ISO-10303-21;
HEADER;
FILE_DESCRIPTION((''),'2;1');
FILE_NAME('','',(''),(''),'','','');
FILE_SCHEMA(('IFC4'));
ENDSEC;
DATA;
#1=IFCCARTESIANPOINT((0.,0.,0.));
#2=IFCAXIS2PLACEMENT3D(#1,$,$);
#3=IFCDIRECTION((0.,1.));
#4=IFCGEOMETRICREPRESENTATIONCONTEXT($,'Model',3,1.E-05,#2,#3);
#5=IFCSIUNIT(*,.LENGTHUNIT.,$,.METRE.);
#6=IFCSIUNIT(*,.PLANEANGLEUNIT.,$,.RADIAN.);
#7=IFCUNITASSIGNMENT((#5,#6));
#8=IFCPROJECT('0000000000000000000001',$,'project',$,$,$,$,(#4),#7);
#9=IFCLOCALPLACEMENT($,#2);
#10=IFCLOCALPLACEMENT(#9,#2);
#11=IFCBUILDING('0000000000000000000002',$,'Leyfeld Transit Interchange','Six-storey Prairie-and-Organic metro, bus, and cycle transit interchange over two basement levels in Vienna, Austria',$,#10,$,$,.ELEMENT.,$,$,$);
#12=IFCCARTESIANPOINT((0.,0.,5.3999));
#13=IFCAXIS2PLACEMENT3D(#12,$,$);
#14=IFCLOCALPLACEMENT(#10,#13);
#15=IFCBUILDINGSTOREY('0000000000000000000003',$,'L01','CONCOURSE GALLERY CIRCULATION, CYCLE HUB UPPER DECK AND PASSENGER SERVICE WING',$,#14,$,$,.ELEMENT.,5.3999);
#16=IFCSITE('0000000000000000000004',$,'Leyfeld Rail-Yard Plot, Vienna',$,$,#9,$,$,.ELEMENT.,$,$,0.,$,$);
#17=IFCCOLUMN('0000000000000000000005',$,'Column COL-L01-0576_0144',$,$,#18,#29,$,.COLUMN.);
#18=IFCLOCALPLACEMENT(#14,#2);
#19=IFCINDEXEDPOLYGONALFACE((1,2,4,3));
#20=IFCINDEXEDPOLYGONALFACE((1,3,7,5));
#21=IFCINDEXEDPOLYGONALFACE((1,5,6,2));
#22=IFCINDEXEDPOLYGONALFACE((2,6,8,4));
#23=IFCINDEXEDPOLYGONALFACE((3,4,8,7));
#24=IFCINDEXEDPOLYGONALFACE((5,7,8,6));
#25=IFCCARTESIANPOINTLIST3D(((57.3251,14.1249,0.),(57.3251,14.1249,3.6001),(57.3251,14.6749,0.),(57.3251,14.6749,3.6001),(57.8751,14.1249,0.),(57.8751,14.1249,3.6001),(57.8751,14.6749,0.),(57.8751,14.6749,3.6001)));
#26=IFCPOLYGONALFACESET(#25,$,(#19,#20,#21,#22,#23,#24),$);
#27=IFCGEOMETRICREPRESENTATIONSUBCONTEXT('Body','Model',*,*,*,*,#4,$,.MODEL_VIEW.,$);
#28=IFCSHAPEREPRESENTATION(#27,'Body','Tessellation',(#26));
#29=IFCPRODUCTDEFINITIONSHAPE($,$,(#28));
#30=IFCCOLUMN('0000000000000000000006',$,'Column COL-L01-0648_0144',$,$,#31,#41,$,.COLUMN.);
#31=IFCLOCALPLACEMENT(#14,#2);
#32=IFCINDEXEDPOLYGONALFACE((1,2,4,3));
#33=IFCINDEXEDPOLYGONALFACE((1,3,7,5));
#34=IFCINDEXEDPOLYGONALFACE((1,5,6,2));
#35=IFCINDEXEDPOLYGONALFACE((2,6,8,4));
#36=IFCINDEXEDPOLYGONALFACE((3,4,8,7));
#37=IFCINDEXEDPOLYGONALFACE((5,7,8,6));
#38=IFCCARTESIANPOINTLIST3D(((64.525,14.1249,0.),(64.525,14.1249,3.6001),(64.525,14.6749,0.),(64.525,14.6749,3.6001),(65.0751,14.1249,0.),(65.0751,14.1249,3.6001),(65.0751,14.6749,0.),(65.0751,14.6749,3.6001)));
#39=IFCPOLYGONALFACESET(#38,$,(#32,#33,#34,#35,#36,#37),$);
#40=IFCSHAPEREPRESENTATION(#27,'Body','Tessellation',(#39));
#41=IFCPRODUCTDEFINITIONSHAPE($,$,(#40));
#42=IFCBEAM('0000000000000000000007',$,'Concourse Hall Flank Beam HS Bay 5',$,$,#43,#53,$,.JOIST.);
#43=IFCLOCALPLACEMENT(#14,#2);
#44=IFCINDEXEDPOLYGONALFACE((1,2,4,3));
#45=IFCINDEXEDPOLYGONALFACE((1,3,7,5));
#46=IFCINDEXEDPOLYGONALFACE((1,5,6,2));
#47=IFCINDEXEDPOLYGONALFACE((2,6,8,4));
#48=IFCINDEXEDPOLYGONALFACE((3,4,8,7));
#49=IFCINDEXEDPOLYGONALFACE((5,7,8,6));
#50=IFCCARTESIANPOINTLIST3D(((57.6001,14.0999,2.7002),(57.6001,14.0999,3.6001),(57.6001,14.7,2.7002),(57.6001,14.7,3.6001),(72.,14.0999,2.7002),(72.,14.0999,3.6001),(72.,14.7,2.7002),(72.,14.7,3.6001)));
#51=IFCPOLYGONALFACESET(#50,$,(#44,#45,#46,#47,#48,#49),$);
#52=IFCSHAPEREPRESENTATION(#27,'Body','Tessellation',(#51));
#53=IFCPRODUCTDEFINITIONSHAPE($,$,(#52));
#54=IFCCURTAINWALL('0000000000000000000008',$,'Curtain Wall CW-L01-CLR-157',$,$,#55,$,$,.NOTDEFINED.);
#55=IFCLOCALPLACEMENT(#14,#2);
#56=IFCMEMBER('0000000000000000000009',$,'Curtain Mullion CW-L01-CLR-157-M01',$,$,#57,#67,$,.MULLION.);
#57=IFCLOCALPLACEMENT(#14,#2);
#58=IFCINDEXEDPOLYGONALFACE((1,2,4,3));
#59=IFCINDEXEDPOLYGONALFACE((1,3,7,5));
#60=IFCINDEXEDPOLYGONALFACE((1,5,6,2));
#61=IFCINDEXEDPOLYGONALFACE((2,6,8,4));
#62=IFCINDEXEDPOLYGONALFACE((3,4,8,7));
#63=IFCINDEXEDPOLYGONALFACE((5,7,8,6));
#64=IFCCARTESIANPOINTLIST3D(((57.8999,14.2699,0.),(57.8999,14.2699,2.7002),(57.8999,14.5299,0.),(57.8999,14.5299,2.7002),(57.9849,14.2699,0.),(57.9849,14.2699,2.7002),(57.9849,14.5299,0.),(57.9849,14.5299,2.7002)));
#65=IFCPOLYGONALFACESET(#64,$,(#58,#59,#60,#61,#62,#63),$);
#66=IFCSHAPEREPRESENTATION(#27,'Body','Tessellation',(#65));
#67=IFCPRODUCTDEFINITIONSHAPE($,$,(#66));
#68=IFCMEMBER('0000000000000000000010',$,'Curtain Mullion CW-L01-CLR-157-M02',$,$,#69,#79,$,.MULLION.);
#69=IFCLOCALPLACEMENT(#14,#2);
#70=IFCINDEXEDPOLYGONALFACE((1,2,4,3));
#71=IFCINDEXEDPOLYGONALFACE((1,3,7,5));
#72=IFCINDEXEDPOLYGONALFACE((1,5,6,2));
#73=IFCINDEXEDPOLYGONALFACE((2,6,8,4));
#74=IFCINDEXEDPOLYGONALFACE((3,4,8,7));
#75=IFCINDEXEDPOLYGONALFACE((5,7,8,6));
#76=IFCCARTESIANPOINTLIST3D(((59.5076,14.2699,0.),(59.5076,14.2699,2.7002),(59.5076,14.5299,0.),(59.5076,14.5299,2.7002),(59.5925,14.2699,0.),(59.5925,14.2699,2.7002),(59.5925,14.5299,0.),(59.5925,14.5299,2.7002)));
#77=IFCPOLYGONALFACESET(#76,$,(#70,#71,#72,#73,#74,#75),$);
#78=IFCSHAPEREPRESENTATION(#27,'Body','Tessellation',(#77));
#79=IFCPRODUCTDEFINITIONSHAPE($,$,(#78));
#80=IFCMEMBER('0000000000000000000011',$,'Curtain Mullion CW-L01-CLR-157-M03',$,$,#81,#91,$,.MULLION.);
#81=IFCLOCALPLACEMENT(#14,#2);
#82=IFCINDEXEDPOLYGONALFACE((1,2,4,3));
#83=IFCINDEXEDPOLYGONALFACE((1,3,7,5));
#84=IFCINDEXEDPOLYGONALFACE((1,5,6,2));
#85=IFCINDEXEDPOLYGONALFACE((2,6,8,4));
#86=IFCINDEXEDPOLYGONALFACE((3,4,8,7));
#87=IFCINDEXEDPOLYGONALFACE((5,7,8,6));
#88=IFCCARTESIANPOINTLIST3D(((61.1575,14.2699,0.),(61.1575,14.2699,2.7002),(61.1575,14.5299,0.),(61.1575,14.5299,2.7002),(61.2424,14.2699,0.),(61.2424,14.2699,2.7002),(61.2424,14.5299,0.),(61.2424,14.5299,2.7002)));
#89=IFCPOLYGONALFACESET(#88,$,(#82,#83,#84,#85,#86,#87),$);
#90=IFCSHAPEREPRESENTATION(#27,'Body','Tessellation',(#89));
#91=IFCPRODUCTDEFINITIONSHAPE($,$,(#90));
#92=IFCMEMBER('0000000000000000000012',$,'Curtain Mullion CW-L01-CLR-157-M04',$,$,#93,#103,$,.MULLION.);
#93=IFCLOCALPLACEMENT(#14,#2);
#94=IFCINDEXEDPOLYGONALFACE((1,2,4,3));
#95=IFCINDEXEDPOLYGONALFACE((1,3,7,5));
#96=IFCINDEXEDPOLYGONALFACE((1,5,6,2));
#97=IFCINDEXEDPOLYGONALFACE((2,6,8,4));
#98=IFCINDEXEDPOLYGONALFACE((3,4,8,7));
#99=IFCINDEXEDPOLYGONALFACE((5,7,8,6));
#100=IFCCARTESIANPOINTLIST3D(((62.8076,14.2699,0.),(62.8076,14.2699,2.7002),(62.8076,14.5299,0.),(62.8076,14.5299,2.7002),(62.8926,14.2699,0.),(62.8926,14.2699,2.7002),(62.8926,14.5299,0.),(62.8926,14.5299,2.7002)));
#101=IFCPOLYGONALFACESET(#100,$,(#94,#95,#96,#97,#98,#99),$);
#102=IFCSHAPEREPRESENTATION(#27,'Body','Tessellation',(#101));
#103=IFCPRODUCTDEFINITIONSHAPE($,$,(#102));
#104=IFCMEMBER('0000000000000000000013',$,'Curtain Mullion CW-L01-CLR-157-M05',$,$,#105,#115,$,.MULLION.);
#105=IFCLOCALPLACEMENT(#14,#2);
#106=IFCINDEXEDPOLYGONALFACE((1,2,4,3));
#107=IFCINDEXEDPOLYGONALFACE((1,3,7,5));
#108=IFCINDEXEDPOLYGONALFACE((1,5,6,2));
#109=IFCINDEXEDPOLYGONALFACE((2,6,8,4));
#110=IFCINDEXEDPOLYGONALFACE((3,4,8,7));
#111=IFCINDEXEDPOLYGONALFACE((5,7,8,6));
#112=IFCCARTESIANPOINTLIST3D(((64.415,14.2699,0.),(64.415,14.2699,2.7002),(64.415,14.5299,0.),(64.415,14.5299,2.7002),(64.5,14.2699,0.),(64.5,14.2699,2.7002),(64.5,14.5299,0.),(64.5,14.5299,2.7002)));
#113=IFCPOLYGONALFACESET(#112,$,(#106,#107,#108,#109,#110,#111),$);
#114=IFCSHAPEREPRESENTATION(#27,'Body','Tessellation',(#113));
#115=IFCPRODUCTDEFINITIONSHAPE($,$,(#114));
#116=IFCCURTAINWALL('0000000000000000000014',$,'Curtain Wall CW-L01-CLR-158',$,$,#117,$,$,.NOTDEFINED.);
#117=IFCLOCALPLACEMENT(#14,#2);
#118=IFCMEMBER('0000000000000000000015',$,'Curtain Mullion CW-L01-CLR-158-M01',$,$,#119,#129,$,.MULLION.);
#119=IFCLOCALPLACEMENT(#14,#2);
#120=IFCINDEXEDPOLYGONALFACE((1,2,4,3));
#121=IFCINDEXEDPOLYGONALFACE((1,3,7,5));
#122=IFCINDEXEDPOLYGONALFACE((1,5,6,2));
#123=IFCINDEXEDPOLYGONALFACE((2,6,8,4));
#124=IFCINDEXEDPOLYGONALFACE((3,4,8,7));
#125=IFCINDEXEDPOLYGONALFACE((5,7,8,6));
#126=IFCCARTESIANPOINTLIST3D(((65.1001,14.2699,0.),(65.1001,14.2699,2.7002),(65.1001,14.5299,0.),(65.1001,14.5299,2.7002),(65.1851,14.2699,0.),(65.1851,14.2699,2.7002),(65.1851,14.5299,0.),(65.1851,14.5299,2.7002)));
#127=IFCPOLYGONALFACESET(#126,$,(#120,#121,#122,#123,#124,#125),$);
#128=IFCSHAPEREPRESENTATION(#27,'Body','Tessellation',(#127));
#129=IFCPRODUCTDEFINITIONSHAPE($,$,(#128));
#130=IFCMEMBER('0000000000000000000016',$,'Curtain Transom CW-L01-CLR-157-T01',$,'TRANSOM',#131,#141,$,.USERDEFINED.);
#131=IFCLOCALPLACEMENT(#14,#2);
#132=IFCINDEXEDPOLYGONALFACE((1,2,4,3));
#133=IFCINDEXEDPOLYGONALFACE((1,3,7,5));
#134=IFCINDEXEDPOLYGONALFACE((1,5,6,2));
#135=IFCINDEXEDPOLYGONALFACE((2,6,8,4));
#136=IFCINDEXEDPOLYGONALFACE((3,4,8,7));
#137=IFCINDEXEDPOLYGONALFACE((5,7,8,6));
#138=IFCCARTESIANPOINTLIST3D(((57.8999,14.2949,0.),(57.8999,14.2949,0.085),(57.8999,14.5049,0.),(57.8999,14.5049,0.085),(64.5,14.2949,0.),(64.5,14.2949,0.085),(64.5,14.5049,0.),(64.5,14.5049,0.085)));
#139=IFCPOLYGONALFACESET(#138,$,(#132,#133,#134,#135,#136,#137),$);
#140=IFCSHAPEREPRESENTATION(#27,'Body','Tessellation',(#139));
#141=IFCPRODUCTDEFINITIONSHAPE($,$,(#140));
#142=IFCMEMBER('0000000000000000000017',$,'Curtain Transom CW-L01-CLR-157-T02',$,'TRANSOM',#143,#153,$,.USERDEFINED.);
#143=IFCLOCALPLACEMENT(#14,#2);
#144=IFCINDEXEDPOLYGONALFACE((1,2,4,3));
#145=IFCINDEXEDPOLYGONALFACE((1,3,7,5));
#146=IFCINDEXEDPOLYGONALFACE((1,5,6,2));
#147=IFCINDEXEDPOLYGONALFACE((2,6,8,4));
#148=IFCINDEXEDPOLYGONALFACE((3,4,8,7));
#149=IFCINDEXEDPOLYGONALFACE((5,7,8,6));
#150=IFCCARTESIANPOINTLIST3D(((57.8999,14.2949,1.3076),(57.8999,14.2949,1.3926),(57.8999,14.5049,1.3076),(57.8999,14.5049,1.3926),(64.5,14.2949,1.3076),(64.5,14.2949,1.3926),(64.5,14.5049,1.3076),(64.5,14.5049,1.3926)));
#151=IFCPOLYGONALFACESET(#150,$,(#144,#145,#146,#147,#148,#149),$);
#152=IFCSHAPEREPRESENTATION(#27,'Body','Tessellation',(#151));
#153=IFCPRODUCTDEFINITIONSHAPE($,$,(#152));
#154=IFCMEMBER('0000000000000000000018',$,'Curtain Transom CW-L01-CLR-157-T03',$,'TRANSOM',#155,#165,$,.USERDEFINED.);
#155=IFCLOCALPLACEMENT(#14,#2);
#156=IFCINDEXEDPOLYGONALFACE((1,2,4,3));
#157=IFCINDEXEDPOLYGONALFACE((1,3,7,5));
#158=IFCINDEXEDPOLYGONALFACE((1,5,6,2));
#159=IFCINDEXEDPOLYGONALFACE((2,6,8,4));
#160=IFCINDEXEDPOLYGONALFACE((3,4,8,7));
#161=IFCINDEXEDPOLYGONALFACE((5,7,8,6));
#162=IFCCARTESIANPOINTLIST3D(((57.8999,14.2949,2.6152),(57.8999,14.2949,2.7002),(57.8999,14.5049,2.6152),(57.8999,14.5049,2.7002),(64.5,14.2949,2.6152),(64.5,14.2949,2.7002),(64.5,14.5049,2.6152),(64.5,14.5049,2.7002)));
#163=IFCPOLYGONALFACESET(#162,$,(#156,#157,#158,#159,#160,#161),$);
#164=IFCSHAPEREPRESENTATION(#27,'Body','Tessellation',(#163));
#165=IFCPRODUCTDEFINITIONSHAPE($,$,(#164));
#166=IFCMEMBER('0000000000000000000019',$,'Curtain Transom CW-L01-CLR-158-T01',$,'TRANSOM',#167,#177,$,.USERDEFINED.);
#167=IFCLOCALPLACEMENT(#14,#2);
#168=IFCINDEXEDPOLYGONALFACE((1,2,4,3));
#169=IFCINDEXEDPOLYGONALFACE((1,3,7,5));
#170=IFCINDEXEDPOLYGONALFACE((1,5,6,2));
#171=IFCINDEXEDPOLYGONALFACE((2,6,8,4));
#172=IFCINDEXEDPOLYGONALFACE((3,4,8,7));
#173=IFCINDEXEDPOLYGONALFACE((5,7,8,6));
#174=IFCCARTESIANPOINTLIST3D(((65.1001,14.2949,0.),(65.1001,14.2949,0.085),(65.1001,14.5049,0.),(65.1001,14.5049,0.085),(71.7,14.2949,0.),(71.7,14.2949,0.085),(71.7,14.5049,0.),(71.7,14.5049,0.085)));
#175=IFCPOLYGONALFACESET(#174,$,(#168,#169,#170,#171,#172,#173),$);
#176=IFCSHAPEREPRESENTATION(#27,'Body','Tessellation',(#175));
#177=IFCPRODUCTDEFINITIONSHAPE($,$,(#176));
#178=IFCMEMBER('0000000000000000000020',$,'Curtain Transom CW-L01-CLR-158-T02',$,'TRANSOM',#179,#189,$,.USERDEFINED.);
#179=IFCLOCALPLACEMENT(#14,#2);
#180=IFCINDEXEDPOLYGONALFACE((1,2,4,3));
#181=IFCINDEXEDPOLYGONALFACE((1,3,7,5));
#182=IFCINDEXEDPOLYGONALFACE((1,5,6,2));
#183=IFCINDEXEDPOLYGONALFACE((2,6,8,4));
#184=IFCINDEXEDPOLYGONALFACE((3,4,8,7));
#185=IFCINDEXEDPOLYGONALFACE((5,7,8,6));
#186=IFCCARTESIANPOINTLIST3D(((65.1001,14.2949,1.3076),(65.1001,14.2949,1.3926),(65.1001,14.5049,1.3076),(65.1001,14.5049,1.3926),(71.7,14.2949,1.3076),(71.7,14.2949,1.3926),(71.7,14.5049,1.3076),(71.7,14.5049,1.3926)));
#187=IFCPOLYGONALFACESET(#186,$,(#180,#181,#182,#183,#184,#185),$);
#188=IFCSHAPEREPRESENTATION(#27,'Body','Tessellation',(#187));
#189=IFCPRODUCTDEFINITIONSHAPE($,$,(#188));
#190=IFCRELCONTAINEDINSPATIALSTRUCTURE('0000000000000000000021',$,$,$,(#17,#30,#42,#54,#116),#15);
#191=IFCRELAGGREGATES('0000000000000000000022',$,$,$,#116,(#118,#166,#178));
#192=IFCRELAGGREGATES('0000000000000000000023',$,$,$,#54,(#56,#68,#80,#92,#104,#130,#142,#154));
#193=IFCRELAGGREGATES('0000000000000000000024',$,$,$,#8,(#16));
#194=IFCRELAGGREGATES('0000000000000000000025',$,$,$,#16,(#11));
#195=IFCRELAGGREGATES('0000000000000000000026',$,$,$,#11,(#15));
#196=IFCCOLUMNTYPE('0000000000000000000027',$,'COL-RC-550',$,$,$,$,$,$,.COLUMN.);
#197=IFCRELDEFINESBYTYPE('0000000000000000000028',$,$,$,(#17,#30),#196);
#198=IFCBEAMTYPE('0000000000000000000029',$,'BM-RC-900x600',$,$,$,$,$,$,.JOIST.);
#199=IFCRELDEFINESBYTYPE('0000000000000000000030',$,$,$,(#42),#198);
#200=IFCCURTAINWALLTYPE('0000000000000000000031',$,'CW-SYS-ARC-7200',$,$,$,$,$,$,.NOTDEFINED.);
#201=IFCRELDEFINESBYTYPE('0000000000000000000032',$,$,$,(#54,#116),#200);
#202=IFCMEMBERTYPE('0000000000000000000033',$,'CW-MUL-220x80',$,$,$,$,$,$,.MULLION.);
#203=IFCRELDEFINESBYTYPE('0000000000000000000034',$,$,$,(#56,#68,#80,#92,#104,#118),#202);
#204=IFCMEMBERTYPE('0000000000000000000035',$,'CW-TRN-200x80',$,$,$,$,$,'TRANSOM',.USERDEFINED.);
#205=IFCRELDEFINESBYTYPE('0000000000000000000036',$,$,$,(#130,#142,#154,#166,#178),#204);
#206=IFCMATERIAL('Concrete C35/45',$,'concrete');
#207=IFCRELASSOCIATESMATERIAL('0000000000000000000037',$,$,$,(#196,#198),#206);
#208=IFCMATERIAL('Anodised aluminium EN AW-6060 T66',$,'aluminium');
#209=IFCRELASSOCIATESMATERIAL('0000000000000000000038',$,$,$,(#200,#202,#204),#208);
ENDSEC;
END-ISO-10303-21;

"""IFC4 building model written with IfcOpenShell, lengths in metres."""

from ifc_helpers import new_model, si_unit, direction, frame, origin, origin_2d, place, context, subcontext, project, spatial, rectangle, extrude, material, material_profile, profile_set, type_object, element, aggregate, save


model = new_model("IFC4")

# Units and contexts
model_context = context("Model", 3, precision=1e-05, world=origin(), true_north=direction((0.0, 1.0)))
body_context = subcontext(model_context, "Body", "Model", "MODEL_VIEW")
ifc_project = project(units=[si_unit("LENGTHUNIT", "METRE"), si_unit("PLANEANGLEUNIT", "RADIAN")], contexts=[model_context])

# Site, building, storey
site_placement = place(None, origin())
site = spatial("IfcSite", under=ifc_project, at=site_placement, Name="Leyfeld Rail-Yard Plot, Vienna", CompositionType="ELEMENT", RefElevation=0.0)
building_placement = place(site_placement, origin())
building = spatial("IfcBuilding", under=site, at=building_placement, Name="Leyfeld Transit Interchange", Description="Six-storey Prairie-and-Organic metro, bus, and cycle transit interchange over two basement levels in Vienna, Austria", CompositionType="ELEMENT")
storey_placement = place(building_placement, frame((0.0, 0.0, 5.3999)))
storey = spatial("IfcBuildingStorey", under=building, at=storey_placement, Name="L01", Description="CONCOURSE GALLERY CIRCULATION, CYCLE HUB UPPER DECK AND PASSENGER SERVICE WING", CompositionType="ELEMENT", Elevation=5.3999)

# Columns
ifc_material_1 = material(Name="Concrete C35/45", Category="concrete")
ifc_material_profile_1 = material_profile(ifc_material_1, rectangle(XDim=0.55, YDim=0.55, at=origin_2d()), Name="RC 550x550")
ifc_profile_set_1 = profile_set([ifc_material_profile_1], Name="Concrete C35/45")
column_type = type_object("IfcColumnType", Name="COL-RC-550", PredefinedType="COLUMN", material=ifc_profile_set_1)
for number, where, z_axis, x_axis, name in (
    (1, (57.6001, 14.3999, 0.0), (0.0, 0.0, 1.0), (1.0, 0.0, 0.0), "Column COL-L01-0576_0144"),
    (2, (64.8, 14.3999, 0.0), (0.0, 0.0, 1.0), (1.0, 0.0, 0.0), "Column COL-L01-0648_0144"),
):
    element("IfcColumn", number, at=place(storey_placement, frame(where, z_axis=z_axis, x_axis=x_axis)), inside=storey, type_object=column_type, Name=name, PredefinedType="COLUMN", context=body_context, shape_type="SweptSolid", body=[
        extrude(rectangle(XDim=0.55, YDim=0.55, at=origin_2d()), origin(), (0.0, 0.0, 1.0), 3.6001),
    ])

# Beam
ifc_material_profile_2 = material_profile(ifc_material_1, rectangle(XDim=0.6001, YDim=0.8999, at=origin_2d()), Name="RC 900x600")
ifc_profile_set_2 = profile_set([ifc_material_profile_2], Name="Concrete C35/45")
beam_type = type_object("IfcBeamType", Name="BM-RC-900x600", PredefinedType="JOIST", material=ifc_profile_set_2)
beam_placement = place(storey_placement, frame((57.6001, 14.3999, 3.1501), z_axis=(1.0, 0.0, 0.0), x_axis=(0.0, 1.0, 0.0)))
element("IfcBeam", 3, at=beam_placement, inside=storey, type_object=beam_type, Name="Concourse Hall Flank Beam HS Bay 5", PredefinedType="JOIST", context=body_context, shape_type="SweptSolid", body=[
    extrude(rectangle(XDim=0.6001, YDim=0.8999, at=origin_2d()), origin(), (0.0, 0.0, 1.0), 14.3999),
])

# Curtain wall, members
ifc_material_2 = material(Name="Anodised aluminium EN AW-6060 T66", Category="aluminium")
curtain_wall_type = type_object("IfcCurtainWallType", Name="CW-SYS-ARC-7200", PredefinedType="NOTDEFINED", material=ifc_material_2)
curtain_wall_1_placement = place(storey_placement, origin())
curtain_wall_1 = element("IfcCurtainWall", 4, at=curtain_wall_1_placement, inside=storey, type_object=curtain_wall_type, Name="Curtain Wall CW-L01-CLR-157", PredefinedType="NOTDEFINED")
ifc_material_profile_3 = material_profile(ifc_material_2, rectangle(XDim=0.085, YDim=0.26, at=origin_2d()), Name="CW-M 85x260")
ifc_profile_set_3 = profile_set([ifc_material_profile_3], Name="Anodised aluminium EN AW-6060 T66")
member_type_1 = type_object("IfcMemberType", Name="CW-MUL-220x80", PredefinedType="MULLION", material=ifc_profile_set_3)
member_1_placement = place(storey_placement, frame((57.9424, 14.3999, 0.0), z_axis=(0.0, 0.0, 1.0), x_axis=(1.0, 0.0, 0.0)))
member_1 = element("IfcMember", 5, at=member_1_placement, type_object=member_type_1, Name="Curtain Mullion CW-L01-CLR-157-M01", PredefinedType="MULLION", context=body_context, shape_type="SweptSolid", body=[
    extrude(rectangle(XDim=0.085, YDim=0.26, at=origin_2d()), origin(), (0.0, 0.0, 1.0), 2.7002),
])
member_2_placement = place(storey_placement, frame((59.55, 14.3999, 0.0), z_axis=(0.0, 0.0, 1.0), x_axis=(1.0, 0.0, 0.0)))
member_2 = element("IfcMember", 6, at=member_2_placement, type_object=member_type_1, Name="Curtain Mullion CW-L01-CLR-157-M02", PredefinedType="MULLION", context=body_context, shape_type="SweptSolid", body=[
    extrude(rectangle(XDim=0.085, YDim=0.26, at=origin_2d()), origin(), (0.0, 0.0, 1.0), 2.7002),
])
member_3_placement = place(storey_placement, frame((61.2, 14.3999, 0.0), z_axis=(0.0, 0.0, 1.0), x_axis=(1.0, 0.0, 0.0)))
member_3 = element("IfcMember", 7, at=member_3_placement, type_object=member_type_1, Name="Curtain Mullion CW-L01-CLR-157-M03", PredefinedType="MULLION", context=body_context, shape_type="SweptSolid", body=[
    extrude(rectangle(XDim=0.085, YDim=0.26, at=origin_2d()), origin(), (0.0, 0.0, 1.0), 2.7002),
])
member_4_placement = place(storey_placement, frame((62.8501, 14.3999, 0.0), z_axis=(0.0, 0.0, 1.0), x_axis=(1.0, 0.0, 0.0)))
member_4 = element("IfcMember", 8, at=member_4_placement, type_object=member_type_1, Name="Curtain Mullion CW-L01-CLR-157-M04", PredefinedType="MULLION", context=body_context, shape_type="SweptSolid", body=[
    extrude(rectangle(XDim=0.085, YDim=0.26, at=origin_2d()), origin(), (0.0, 0.0, 1.0), 2.7002),
])
member_5_placement = place(storey_placement, frame((64.4575, 14.3999, 0.0), z_axis=(0.0, 0.0, 1.0), x_axis=(1.0, 0.0, 0.0)))
member_5 = element("IfcMember", 9, at=member_5_placement, type_object=member_type_1, Name="Curtain Mullion CW-L01-CLR-157-M05", PredefinedType="MULLION", context=body_context, shape_type="SweptSolid", body=[
    extrude(rectangle(XDim=0.085, YDim=0.26, at=origin_2d()), origin(), (0.0, 0.0, 1.0), 2.7002),
])

# Curtain wall, member
curtain_wall_2_placement = place(storey_placement, origin())
curtain_wall_2 = element("IfcCurtainWall", 10, at=curtain_wall_2_placement, inside=storey, type_object=curtain_wall_type, Name="Curtain Wall CW-L01-CLR-158", PredefinedType="NOTDEFINED")
member_6_placement = place(storey_placement, frame((65.1426, 14.3999, 0.0), z_axis=(0.0, 0.0, 1.0), x_axis=(1.0, 0.0, 0.0)))
member_6 = element("IfcMember", 11, at=member_6_placement, type_object=member_type_1, Name="Curtain Mullion CW-L01-CLR-158-M01", PredefinedType="MULLION", context=body_context, shape_type="SweptSolid", body=[
    extrude(rectangle(XDim=0.085, YDim=0.26, at=origin_2d()), origin(), (0.0, 0.0, 1.0), 2.7002),
])

# Members
ifc_material_profile_4 = material_profile(ifc_material_2, rectangle(XDim=0.21, YDim=0.085, at=origin_2d()), Name="CW-TRN-200x80")
ifc_profile_set_4 = profile_set([ifc_material_profile_4], Name="Anodised aluminium EN AW-6060 T66")
member_type_2 = type_object("IfcMemberType", Name="CW-TRN-200x80", ElementType="TRANSOM", PredefinedType="USERDEFINED", material=ifc_profile_set_4)
member_7_placement = place(storey_placement, frame((57.8999, 14.3999, 0.0425), z_axis=(1.0, 0.0, 0.0), x_axis=(0.0, 1.0, 0.0)))
member_7 = element("IfcMember", 12, at=member_7_placement, type_object=member_type_2, Name="Curtain Transom CW-L01-CLR-157-T01", ObjectType="TRANSOM", PredefinedType="USERDEFINED", context=body_context, shape_type="SweptSolid", body=[
    extrude(rectangle(XDim=0.21, YDim=0.085, at=origin_2d()), origin(), (0.0, 0.0, 1.0), 6.6001),
])
member_8_placement = place(storey_placement, frame((57.8999, 14.3999, 1.3501), z_axis=(1.0, 0.0, 0.0), x_axis=(0.0, 1.0, 0.0)))
member_8 = element("IfcMember", 13, at=member_8_placement, type_object=member_type_2, Name="Curtain Transom CW-L01-CLR-157-T02", ObjectType="TRANSOM", PredefinedType="USERDEFINED", context=body_context, shape_type="SweptSolid", body=[
    extrude(rectangle(XDim=0.21, YDim=0.085, at=origin_2d()), origin(), (0.0, 0.0, 1.0), 6.6001),
])
member_9_placement = place(storey_placement, frame((57.8999, 14.3999, 2.6577), z_axis=(1.0, 0.0, 0.0), x_axis=(0.0, 1.0, 0.0)))
member_9 = element("IfcMember", 14, at=member_9_placement, type_object=member_type_2, Name="Curtain Transom CW-L01-CLR-157-T03", ObjectType="TRANSOM", PredefinedType="USERDEFINED", context=body_context, shape_type="SweptSolid", body=[
    extrude(rectangle(XDim=0.21, YDim=0.085, at=origin_2d()), origin(), (0.0, 0.0, 1.0), 6.6001),
])
member_10_placement = place(storey_placement, frame((65.1001, 14.3999, 0.0425), z_axis=(1.0, 0.0, 0.0), x_axis=(0.0, 1.0, 0.0)))
member_10 = element("IfcMember", 15, at=member_10_placement, type_object=member_type_2, Name="Curtain Transom CW-L01-CLR-158-T01", ObjectType="TRANSOM", PredefinedType="USERDEFINED", context=body_context, shape_type="SweptSolid", body=[
    extrude(rectangle(XDim=0.21, YDim=0.085, at=origin_2d()), origin(), (0.0, 0.0, 1.0), 6.5999),
])
member_11_placement = place(storey_placement, frame((65.1001, 14.3999, 1.3501), z_axis=(1.0, 0.0, 0.0), x_axis=(0.0, 1.0, 0.0)))
member_11 = element("IfcMember", 16, at=member_11_placement, type_object=member_type_2, Name="Curtain Transom CW-L01-CLR-158-T02", ObjectType="TRANSOM", PredefinedType="USERDEFINED", context=body_context, shape_type="SweptSolid", body=[
    extrude(rectangle(XDim=0.21, YDim=0.085, at=origin_2d()), origin(), (0.0, 0.0, 1.0), 6.5999),
])
aggregate(curtain_wall_2, [member_6, member_10, member_11])

aggregate(curtain_wall_1, [member_1, member_2, member_3, member_4, member_5, member_7, member_8, member_9])

save(model, "model.ifc")
